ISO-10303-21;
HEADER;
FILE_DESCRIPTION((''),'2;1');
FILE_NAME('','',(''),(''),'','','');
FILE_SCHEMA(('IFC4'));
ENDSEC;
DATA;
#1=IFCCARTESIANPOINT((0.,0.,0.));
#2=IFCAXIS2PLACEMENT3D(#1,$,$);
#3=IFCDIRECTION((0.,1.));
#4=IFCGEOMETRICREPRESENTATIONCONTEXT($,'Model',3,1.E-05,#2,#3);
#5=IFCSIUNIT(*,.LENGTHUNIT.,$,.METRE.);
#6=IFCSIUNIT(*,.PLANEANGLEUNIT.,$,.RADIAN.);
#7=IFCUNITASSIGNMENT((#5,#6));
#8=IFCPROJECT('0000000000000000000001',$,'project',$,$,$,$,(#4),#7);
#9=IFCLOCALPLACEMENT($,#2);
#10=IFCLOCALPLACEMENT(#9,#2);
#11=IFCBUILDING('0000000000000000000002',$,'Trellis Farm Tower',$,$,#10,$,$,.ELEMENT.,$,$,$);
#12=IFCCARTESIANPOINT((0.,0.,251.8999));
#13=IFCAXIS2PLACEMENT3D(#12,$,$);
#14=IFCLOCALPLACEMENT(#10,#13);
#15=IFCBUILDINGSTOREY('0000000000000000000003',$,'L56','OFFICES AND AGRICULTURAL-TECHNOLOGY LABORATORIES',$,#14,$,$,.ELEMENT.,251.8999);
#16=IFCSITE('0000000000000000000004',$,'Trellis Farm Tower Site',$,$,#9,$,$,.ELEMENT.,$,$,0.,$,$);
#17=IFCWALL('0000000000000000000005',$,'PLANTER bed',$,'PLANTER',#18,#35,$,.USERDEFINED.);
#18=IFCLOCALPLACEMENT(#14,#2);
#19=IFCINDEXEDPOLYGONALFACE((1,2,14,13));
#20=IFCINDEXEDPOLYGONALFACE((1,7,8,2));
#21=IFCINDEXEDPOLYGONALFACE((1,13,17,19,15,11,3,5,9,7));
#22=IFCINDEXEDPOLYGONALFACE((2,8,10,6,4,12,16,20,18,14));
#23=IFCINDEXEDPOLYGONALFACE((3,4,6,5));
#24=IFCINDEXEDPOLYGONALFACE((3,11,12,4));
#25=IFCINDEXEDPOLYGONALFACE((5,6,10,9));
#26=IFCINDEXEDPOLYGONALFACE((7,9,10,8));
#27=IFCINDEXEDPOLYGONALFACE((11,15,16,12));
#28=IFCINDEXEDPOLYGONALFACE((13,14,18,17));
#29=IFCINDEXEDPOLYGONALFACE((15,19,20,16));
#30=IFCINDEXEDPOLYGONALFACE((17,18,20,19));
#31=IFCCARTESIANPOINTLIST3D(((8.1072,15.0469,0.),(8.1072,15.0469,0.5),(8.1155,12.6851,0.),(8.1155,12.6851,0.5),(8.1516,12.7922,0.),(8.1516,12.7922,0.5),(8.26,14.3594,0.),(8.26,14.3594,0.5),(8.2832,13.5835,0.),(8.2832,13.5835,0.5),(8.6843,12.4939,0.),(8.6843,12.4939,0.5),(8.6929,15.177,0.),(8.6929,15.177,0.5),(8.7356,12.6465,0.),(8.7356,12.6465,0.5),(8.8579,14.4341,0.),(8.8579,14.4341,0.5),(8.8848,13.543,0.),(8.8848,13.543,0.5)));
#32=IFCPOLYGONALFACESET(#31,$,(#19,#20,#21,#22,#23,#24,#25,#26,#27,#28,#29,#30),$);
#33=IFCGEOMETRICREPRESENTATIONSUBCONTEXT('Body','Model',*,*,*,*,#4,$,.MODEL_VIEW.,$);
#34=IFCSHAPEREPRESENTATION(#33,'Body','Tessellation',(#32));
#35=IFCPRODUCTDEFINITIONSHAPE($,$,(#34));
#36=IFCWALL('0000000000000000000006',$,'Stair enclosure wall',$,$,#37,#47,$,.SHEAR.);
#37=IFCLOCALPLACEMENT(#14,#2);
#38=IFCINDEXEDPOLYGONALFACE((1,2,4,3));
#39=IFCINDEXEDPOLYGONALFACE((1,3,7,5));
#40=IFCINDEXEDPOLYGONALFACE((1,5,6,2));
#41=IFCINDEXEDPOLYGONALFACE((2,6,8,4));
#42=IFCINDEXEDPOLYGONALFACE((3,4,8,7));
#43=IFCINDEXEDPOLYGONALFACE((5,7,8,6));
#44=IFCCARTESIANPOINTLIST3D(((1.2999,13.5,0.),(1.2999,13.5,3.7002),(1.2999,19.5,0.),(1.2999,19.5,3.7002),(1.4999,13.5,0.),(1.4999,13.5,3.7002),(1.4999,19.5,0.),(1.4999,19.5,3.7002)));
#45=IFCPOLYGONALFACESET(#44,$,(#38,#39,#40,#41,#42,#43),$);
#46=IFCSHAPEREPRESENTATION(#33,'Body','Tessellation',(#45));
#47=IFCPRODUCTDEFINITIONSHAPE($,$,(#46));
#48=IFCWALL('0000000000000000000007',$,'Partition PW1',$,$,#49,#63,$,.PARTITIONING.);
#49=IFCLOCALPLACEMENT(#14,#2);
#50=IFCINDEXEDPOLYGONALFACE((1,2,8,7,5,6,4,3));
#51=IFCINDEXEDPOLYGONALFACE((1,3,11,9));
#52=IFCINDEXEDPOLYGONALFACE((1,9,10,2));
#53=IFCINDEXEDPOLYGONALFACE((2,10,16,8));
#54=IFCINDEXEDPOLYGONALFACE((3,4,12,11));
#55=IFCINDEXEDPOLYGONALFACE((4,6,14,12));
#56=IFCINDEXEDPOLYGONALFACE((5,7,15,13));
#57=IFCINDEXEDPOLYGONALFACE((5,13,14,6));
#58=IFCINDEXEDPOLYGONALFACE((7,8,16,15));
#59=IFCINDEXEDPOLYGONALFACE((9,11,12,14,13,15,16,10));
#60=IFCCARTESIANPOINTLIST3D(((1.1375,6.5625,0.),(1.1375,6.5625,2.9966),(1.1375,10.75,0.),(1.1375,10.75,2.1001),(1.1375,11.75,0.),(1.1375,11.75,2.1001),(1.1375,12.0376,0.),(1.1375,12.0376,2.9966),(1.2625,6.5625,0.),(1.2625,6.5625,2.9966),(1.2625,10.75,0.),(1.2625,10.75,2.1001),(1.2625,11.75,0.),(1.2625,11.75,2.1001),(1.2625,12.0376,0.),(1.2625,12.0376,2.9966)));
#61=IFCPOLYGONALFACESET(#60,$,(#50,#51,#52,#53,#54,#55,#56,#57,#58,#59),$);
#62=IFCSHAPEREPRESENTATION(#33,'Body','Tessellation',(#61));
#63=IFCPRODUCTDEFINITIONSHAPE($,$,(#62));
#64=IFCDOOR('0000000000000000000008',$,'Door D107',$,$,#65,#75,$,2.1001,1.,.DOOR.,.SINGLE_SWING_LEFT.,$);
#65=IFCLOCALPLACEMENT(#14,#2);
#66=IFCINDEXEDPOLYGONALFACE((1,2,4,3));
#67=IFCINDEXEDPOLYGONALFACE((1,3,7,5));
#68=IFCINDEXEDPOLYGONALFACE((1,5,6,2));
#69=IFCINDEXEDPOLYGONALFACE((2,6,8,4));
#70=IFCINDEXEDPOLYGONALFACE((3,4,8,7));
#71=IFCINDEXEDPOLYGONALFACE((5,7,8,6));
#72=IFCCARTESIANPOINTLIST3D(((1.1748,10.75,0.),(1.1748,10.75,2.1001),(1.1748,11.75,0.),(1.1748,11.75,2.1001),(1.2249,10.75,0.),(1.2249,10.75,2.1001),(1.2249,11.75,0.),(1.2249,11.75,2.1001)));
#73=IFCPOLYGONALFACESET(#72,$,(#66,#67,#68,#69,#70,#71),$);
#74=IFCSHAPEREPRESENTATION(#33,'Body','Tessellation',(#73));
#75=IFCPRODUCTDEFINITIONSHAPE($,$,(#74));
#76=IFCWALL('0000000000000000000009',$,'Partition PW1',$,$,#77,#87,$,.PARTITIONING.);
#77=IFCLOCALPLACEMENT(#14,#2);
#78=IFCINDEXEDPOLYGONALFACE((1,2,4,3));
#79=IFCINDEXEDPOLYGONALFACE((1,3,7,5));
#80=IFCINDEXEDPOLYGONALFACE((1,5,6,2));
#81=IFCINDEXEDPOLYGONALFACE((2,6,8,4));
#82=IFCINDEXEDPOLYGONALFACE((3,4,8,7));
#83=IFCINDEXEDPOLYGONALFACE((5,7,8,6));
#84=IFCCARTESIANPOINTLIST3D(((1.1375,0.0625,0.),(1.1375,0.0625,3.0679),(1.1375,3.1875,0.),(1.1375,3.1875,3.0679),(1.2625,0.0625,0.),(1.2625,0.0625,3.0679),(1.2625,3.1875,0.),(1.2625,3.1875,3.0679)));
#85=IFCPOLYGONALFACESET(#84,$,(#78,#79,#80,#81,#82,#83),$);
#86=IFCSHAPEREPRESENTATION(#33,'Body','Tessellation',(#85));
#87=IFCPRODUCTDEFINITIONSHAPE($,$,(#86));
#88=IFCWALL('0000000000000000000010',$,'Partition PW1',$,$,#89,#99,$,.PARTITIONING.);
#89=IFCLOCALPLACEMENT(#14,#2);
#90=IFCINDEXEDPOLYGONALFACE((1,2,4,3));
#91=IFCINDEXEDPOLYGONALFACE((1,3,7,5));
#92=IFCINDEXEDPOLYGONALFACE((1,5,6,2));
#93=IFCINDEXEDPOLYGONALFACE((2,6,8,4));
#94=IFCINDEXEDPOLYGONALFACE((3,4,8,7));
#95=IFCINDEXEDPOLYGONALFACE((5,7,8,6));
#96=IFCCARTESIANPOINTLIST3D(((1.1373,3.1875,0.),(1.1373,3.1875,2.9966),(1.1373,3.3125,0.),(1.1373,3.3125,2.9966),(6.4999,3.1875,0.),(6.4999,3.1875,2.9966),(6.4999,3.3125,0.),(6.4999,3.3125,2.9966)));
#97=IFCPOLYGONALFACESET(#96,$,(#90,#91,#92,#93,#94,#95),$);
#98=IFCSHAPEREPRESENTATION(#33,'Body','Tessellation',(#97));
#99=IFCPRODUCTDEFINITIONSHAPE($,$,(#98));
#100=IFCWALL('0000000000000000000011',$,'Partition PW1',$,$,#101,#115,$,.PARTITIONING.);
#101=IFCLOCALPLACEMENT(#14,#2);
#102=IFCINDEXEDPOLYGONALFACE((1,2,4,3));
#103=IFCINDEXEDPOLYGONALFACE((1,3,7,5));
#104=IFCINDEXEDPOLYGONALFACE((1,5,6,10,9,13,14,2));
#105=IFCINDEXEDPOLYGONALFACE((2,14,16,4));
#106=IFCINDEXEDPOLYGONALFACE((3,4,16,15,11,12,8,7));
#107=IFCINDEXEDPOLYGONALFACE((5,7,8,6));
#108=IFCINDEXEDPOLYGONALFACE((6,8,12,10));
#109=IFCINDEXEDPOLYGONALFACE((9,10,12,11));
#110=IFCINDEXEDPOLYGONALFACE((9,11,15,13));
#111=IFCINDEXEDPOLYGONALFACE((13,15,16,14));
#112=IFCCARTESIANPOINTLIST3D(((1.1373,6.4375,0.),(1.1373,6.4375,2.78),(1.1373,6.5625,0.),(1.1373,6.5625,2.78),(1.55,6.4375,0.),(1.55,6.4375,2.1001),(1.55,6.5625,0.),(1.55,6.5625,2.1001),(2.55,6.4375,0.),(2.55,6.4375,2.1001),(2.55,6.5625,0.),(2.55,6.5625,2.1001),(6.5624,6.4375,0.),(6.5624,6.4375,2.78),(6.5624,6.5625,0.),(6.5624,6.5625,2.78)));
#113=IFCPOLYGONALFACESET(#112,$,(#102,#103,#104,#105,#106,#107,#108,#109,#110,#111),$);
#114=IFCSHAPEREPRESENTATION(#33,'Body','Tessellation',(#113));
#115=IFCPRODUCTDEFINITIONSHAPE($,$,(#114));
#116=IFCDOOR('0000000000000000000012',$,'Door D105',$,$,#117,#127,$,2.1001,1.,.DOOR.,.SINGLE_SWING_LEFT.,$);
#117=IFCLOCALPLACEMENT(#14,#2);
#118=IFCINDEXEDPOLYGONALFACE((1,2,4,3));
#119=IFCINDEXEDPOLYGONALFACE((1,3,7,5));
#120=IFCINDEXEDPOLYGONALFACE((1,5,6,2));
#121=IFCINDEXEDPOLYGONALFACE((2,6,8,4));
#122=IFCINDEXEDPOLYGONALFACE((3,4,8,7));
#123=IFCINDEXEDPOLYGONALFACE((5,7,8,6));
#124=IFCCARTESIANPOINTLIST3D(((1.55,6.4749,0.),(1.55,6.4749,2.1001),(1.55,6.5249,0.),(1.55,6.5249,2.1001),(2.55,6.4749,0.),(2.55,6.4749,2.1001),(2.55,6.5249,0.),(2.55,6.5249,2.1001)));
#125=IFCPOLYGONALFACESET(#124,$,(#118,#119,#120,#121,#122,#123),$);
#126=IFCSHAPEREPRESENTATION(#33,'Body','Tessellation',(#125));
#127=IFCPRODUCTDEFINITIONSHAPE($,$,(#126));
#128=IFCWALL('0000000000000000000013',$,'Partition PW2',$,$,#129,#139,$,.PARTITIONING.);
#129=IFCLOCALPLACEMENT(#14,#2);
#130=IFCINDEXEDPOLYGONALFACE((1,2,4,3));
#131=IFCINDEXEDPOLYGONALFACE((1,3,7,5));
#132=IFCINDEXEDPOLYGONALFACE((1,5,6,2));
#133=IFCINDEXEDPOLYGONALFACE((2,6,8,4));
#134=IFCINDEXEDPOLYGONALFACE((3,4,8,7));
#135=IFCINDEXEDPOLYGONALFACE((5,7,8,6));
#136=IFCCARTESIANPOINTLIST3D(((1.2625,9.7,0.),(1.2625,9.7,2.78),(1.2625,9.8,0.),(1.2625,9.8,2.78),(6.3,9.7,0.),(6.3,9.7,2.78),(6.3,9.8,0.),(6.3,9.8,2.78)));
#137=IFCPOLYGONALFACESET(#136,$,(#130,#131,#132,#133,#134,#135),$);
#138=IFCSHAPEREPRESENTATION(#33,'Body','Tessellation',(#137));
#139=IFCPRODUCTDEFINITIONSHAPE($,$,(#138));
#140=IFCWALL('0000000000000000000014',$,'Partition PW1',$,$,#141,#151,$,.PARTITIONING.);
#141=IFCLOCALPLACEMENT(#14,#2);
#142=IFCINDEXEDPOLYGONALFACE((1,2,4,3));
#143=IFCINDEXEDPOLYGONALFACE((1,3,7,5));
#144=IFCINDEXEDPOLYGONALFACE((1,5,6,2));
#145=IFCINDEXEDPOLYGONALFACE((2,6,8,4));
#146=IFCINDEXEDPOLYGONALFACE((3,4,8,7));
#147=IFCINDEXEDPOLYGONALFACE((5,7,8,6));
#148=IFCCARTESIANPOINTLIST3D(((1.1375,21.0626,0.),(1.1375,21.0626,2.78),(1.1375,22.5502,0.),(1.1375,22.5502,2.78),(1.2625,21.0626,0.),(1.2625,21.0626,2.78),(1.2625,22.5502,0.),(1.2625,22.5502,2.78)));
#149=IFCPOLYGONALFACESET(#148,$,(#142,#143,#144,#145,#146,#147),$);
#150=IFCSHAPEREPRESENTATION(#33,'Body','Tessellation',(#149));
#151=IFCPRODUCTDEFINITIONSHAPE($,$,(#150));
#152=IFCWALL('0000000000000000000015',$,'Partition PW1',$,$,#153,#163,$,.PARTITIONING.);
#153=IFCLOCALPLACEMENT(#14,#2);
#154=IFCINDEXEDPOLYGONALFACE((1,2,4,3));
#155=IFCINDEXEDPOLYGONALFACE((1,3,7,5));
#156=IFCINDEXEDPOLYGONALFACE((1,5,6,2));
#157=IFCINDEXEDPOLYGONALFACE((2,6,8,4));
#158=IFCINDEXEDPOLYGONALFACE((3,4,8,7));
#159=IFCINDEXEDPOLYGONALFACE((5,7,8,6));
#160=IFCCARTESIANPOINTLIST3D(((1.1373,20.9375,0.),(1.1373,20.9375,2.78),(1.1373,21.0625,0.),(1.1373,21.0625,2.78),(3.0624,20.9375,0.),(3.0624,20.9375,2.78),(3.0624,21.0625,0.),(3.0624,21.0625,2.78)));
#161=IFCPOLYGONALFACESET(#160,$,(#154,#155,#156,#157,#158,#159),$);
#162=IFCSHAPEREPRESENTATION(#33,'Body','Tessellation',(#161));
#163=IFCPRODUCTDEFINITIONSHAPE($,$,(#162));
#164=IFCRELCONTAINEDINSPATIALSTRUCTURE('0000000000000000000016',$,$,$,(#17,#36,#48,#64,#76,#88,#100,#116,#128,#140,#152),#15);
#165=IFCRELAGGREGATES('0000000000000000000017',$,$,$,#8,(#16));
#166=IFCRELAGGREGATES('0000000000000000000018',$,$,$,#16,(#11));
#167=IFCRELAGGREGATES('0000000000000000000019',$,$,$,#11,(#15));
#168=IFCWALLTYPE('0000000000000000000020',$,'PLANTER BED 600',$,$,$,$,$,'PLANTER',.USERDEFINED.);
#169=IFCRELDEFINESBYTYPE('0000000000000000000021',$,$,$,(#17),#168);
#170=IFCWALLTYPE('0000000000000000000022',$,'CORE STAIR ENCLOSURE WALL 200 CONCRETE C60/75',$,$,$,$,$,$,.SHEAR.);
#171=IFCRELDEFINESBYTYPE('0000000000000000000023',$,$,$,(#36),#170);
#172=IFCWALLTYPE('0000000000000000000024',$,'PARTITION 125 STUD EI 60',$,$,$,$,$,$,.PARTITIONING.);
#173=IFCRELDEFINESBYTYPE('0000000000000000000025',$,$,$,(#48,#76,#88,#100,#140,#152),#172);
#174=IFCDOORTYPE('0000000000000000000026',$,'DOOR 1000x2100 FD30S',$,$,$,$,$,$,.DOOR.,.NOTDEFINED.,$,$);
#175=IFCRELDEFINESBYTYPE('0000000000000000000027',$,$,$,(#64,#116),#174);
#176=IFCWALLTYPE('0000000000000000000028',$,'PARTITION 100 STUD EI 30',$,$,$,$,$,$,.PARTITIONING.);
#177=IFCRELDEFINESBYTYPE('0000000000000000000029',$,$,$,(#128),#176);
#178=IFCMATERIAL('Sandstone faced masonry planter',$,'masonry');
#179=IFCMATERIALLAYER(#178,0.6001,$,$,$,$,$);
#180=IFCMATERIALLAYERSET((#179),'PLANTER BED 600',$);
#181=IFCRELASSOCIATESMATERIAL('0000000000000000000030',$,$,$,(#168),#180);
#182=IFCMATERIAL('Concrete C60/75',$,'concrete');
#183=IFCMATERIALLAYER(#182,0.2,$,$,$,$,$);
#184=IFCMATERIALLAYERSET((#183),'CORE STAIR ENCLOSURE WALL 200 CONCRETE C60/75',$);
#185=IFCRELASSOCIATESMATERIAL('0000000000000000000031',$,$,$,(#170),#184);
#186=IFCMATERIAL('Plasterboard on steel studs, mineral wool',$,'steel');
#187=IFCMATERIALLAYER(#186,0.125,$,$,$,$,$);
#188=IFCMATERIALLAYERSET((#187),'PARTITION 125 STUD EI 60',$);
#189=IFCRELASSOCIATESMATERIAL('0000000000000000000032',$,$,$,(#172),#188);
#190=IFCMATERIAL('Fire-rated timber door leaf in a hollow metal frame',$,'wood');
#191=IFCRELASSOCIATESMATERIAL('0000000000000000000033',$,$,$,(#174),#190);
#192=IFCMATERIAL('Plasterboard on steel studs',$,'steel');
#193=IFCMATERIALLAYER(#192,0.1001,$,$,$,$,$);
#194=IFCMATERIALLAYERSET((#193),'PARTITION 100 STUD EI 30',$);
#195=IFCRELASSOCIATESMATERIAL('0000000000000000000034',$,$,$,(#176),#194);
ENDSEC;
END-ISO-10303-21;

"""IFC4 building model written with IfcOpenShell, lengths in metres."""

from ifc_helpers import new_model, si_unit, direction, frame, frame_2d, origin, place, context, subcontext, project, spatial, polyline, rectangle, outline, extrude, source, transform, mapped, material, layer, layer_set, type_object, element, fill, save


model = new_model("IFC4")

# Units and contexts
model_context = context("Model", 3, precision=1e-05, world=origin(), true_north=direction((0.0, 1.0)))
body_context = subcontext(model_context, "Body", "Model", "MODEL_VIEW")
ifc_project = project(units=[si_unit("LENGTHUNIT", "METRE"), si_unit("PLANEANGLEUNIT", "RADIAN")], contexts=[model_context])

# Site, building, storey
site_placement = place(None, origin())
site = spatial("IfcSite", under=ifc_project, at=site_placement, Name="Trellis Farm Tower Site", CompositionType="ELEMENT", RefElevation=0.0)
building_placement = place(site_placement, origin())
building = spatial("IfcBuilding", under=site, at=building_placement, Name="Trellis Farm Tower", CompositionType="ELEMENT")
storey_placement = place(building_placement, frame((0.0, 0.0, 251.8999)))
storey = spatial("IfcBuildingStorey", under=building, at=storey_placement, Name="L56", Description="OFFICES AND AGRICULTURAL-TECHNOLOGY LABORATORIES", CompositionType="ELEMENT", Elevation=251.8999)

# Shared definitions
placement_1 = place(storey_placement, origin())

# Walls
ifc_material_1 = material(Name="Sandstone faced masonry planter", Category="masonry")
ifc_layer_1 = layer(ifc_material_1, 0.6001)
ifc_layer_set_1 = layer_set([ifc_layer_1], Name="PLANTER BED 600")
wall_type_1 = type_object("IfcWallType", Name="PLANTER BED 600", ElementType="PLANTER", PredefinedType="USERDEFINED", material=ifc_layer_set_1)
element("IfcWall", 1, at=placement_1, inside=storey, type_object=wall_type_1, Name="PLANTER bed", ObjectType="PLANTER", PredefinedType="USERDEFINED", context=body_context, shape_type="SweptSolid", body=[
    extrude(outline(polyline([(8.8848, 13.543), (8.7356, 12.6465), (8.6843, 12.4939), (8.1155, 12.6851), (8.1516, 12.7922), (8.2832, 13.5835), (8.26, 14.3594), (8.1072, 15.0469), (8.6929, 15.177), (8.8579, 14.4341), (8.8848, 13.543)])), origin(), (0.0, 0.0, 1.0), 0.5),
])
ifc_material_2 = material(Name="Concrete C60/75", Category="concrete")
ifc_layer_2 = layer(ifc_material_2, 0.2)
ifc_layer_set_2 = layer_set([ifc_layer_2], Name="CORE STAIR ENCLOSURE WALL 200 CONCRETE C60/75")
wall_type_2 = type_object("IfcWallType", Name="CORE STAIR ENCLOSURE WALL 200 CONCRETE C60/75", PredefinedType="SHEAR", material=ifc_layer_set_2)
shared_shape_1 = source(origin(), body_context, "Body", "SweptSolid", [
    extrude(rectangle(XDim=6.0, YDim=0.2, at=frame_2d((3.0, 0.0))), origin(), (0.0, 0.0, 1.0), 3.7002),
])
wall_1_placement = place(storey_placement, frame((1.3999, 13.5, 0.0), z_axis=(0.0, 0.0, 1.0), x_axis=(0.0, 1.0, 0.0)))
element("IfcWall", 2, at=wall_1_placement, inside=storey, type_object=wall_type_2, Name="Stair enclosure wall", PredefinedType="SHEAR", context=body_context, shape_type="MappedRepresentation", body=[
    mapped(shared_shape_1, transform((0.0, 0.0, 0.0))),
])

# Wall, opening, door
ifc_material_3 = material(Name="Plasterboard on steel studs, mineral wool", Category="steel")
ifc_layer_3 = layer(ifc_material_3, 0.125)
ifc_layer_set_3 = layer_set([ifc_layer_3], Name="PARTITION 125 STUD EI 60")
wall_type_3 = type_object("IfcWallType", Name="PARTITION 125 STUD EI 60", PredefinedType="PARTITIONING", material=ifc_layer_set_3)
shared_shape_2 = source(origin(), body_context, "Body", "SweptSolid", [
    extrude(rectangle(XDim=5.4751, YDim=0.125, at=frame_2d((2.7375, 0.0))), origin(), (0.0, 0.0, 1.0), 2.9966),
])
wall_2_placement = place(storey_placement, frame((1.2, 12.0376, 0.0), z_axis=(0.0, 0.0, 1.0), x_axis=(0.0, -1.0, 0.0)))
wall_2 = element("IfcWall", 3, at=wall_2_placement, inside=storey, type_object=wall_type_3, Name="Partition PW1", PredefinedType="PARTITIONING", context=body_context, shape_type="MappedRepresentation", body=[
    mapped(shared_shape_2, transform((0.0, 0.0, 0.0))),
])
shared_shape_3 = source(origin(), body_context, "Body", "SweptSolid", [
    extrude(rectangle(XDim=1.0, YDim=2.1001, at=frame_2d((0.5, 1.05))), frame((0.0, 0.0725, 0.0), z_axis=(0.0, -1.0, 0.0), x_axis=(1.0, 0.0, 0.0)), (0.0, 0.0, 1.0), 0.145),
])
opening_1_placement = place(wall_2_placement, frame((0.2876, 0.0, 0.0)))
opening_1 = element("IfcOpeningElement", 4, at=opening_1_placement, cuts=wall_2, PredefinedType="OPENING", context=body_context, shape_type="MappedRepresentation", body=[
    mapped(shared_shape_3, transform((0.0, 0.0, 0.0))),
])
ifc_material_4 = material(Name="Fire-rated timber door leaf in a hollow metal frame", Category="wood")
door_type = type_object("IfcDoorType", Name="DOOR 1000x2100 FD30S", OperationType="NOTDEFINED", PredefinedType="DOOR", material=ifc_material_4)
shared_shape_4 = source(origin(), body_context, "Body", "SweptSolid", [
    extrude(rectangle(XDim=1.0, YDim=2.1001, at=frame_2d((0.5, 1.05))), frame((0.0, 0.0249, 0.0), z_axis=(0.0, -1.0, 0.0), x_axis=(1.0, 0.0, 0.0)), (0.0, 0.0, 1.0), 0.05),
])
door_1_placement = place(opening_1_placement, origin())
door_1 = element("IfcDoor", 5, at=door_1_placement, inside=storey, type_object=door_type, Name="Door D107", OperationType="SINGLE_SWING_LEFT", OverallHeight=2.1001, OverallWidth=1.0, PredefinedType="DOOR", context=body_context, shape_type="MappedRepresentation", body=[
    mapped(shared_shape_4, transform((0.0, 0.0, 0.0))),
])
fill(opening_1, door_1)

# Walls
shared_shape_5 = source(origin(), body_context, "Body", "SweptSolid", [
    extrude(rectangle(XDim=3.125, YDim=0.125, at=frame_2d((1.5625, 0.0))), origin(), (0.0, 0.0, 1.0), 3.0679),
])
wall_3_placement = place(storey_placement, frame((1.2, 3.1875, 0.0), z_axis=(0.0, 0.0, 1.0), x_axis=(0.0, -1.0, 0.0)))
element("IfcWall", 6, at=wall_3_placement, inside=storey, type_object=wall_type_3, Name="Partition PW1", PredefinedType="PARTITIONING", context=body_context, shape_type="MappedRepresentation", body=[
    mapped(shared_shape_5, transform((0.0, 0.0, 0.0))),
])
shared_shape_6 = source(origin(), body_context, "Body", "SweptSolid", [
    extrude(rectangle(XDim=5.3625, YDim=0.125, at=frame_2d((2.6812, 0.0))), origin(), (0.0, 0.0, 1.0), 2.9966),
])
wall_4_placement = place(storey_placement, frame((1.1375, 3.25, 0.0), z_axis=(0.0, 0.0, 1.0), x_axis=(1.0, 0.0, 0.0)))
element("IfcWall", 7, at=wall_4_placement, inside=storey, type_object=wall_type_3, Name="Partition PW1", PredefinedType="PARTITIONING", context=body_context, shape_type="MappedRepresentation", body=[
    mapped(shared_shape_6, transform((0.0, 0.0, 0.0))),
])

# Wall, opening, door
shared_shape_7 = source(origin(), body_context, "Body", "SweptSolid", [
    extrude(rectangle(XDim=5.425, YDim=0.125, at=frame_2d((2.7124, 0.0))), origin(), (0.0, 0.0, 1.0), 2.78),
])
wall_5_placement = place(storey_placement, frame((1.1375, 6.5, 0.0), z_axis=(0.0, 0.0, 1.0), x_axis=(1.0, 0.0, 0.0)))
wall_5 = element("IfcWall", 8, at=wall_5_placement, inside=storey, type_object=wall_type_3, Name="Partition PW1", PredefinedType="PARTITIONING", context=body_context, shape_type="MappedRepresentation", body=[
    mapped(shared_shape_7, transform((0.0, 0.0, 0.0))),
])
opening_2_placement = place(wall_5_placement, frame((0.4126, 0.0, 0.0)))
opening_2 = element("IfcOpeningElement", 9, at=opening_2_placement, cuts=wall_5, PredefinedType="OPENING", context=body_context, shape_type="MappedRepresentation", body=[
    mapped(shared_shape_3, transform((0.0, 0.0, 0.0))),
])
door_2_placement = place(opening_2_placement, origin())
door_2 = element("IfcDoor", 10, at=door_2_placement, inside=storey, type_object=door_type, Name="Door D105", OperationType="SINGLE_SWING_LEFT", OverallHeight=2.1001, OverallWidth=1.0, PredefinedType="DOOR", context=body_context, shape_type="MappedRepresentation", body=[
    mapped(shared_shape_4, transform((0.0, 0.0, 0.0))),
])
fill(opening_2, door_2)

# Walls
ifc_material_5 = material(Name="Plasterboard on steel studs", Category="steel")
ifc_layer_4 = layer(ifc_material_5, 0.1001)
ifc_layer_set_4 = layer_set([ifc_layer_4], Name="PARTITION 100 STUD EI 30")
wall_type_4 = type_object("IfcWallType", Name="PARTITION 100 STUD EI 30", PredefinedType="PARTITIONING", material=ifc_layer_set_4)
shared_shape_8 = source(origin(), body_context, "Body", "SweptSolid", [
    extrude(rectangle(XDim=5.0376, YDim=0.1001, at=frame_2d((2.5188, 0.0))), origin(), (0.0, 0.0, 1.0), 2.78),
])
wall_6_placement = place(storey_placement, frame((1.2625, 9.75, 0.0), z_axis=(0.0, 0.0, 1.0), x_axis=(1.0, 0.0, 0.0)))
element("IfcWall", 11, at=wall_6_placement, inside=storey, type_object=wall_type_4, Name="Partition PW2", PredefinedType="PARTITIONING", context=body_context, shape_type="MappedRepresentation", body=[
    mapped(shared_shape_8, transform((0.0, 0.0, 0.0))),
])
shared_shape_9 = source(origin(), body_context, "Body", "SweptSolid", [
    extrude(rectangle(XDim=1.4875, YDim=0.125, at=frame_2d((0.7437, 0.0))), origin(), (0.0, 0.0, 1.0), 2.78),
])
wall_7_placement = place(storey_placement, frame((1.2, 22.55, 0.0), z_axis=(0.0, 0.0, 1.0), x_axis=(0.0, -1.0, 0.0)))
element("IfcWall", 12, at=wall_7_placement, inside=storey, type_object=wall_type_3, Name="Partition PW1", PredefinedType="PARTITIONING", context=body_context, shape_type="MappedRepresentation", body=[
    mapped(shared_shape_9, transform((0.0, 0.0, 0.0))),
])
shared_shape_10 = source(origin(), body_context, "Body", "SweptSolid", [
    extrude(rectangle(XDim=1.925, YDim=0.125, at=frame_2d((0.9624, 0.0))), origin(), (0.0, 0.0, 1.0), 2.78),
])
wall_8_placement = place(storey_placement, frame((1.1375, 21.0, 0.0), z_axis=(0.0, 0.0, 1.0), x_axis=(1.0, 0.0, 0.0)))
element("IfcWall", 13, at=wall_8_placement, inside=storey, type_object=wall_type_3, Name="Partition PW1", PredefinedType="PARTITIONING", context=body_context, shape_type="MappedRepresentation", body=[
    mapped(shared_shape_10, transform((0.0, 0.0, 0.0))),
])

save(model, "model.ifc")
